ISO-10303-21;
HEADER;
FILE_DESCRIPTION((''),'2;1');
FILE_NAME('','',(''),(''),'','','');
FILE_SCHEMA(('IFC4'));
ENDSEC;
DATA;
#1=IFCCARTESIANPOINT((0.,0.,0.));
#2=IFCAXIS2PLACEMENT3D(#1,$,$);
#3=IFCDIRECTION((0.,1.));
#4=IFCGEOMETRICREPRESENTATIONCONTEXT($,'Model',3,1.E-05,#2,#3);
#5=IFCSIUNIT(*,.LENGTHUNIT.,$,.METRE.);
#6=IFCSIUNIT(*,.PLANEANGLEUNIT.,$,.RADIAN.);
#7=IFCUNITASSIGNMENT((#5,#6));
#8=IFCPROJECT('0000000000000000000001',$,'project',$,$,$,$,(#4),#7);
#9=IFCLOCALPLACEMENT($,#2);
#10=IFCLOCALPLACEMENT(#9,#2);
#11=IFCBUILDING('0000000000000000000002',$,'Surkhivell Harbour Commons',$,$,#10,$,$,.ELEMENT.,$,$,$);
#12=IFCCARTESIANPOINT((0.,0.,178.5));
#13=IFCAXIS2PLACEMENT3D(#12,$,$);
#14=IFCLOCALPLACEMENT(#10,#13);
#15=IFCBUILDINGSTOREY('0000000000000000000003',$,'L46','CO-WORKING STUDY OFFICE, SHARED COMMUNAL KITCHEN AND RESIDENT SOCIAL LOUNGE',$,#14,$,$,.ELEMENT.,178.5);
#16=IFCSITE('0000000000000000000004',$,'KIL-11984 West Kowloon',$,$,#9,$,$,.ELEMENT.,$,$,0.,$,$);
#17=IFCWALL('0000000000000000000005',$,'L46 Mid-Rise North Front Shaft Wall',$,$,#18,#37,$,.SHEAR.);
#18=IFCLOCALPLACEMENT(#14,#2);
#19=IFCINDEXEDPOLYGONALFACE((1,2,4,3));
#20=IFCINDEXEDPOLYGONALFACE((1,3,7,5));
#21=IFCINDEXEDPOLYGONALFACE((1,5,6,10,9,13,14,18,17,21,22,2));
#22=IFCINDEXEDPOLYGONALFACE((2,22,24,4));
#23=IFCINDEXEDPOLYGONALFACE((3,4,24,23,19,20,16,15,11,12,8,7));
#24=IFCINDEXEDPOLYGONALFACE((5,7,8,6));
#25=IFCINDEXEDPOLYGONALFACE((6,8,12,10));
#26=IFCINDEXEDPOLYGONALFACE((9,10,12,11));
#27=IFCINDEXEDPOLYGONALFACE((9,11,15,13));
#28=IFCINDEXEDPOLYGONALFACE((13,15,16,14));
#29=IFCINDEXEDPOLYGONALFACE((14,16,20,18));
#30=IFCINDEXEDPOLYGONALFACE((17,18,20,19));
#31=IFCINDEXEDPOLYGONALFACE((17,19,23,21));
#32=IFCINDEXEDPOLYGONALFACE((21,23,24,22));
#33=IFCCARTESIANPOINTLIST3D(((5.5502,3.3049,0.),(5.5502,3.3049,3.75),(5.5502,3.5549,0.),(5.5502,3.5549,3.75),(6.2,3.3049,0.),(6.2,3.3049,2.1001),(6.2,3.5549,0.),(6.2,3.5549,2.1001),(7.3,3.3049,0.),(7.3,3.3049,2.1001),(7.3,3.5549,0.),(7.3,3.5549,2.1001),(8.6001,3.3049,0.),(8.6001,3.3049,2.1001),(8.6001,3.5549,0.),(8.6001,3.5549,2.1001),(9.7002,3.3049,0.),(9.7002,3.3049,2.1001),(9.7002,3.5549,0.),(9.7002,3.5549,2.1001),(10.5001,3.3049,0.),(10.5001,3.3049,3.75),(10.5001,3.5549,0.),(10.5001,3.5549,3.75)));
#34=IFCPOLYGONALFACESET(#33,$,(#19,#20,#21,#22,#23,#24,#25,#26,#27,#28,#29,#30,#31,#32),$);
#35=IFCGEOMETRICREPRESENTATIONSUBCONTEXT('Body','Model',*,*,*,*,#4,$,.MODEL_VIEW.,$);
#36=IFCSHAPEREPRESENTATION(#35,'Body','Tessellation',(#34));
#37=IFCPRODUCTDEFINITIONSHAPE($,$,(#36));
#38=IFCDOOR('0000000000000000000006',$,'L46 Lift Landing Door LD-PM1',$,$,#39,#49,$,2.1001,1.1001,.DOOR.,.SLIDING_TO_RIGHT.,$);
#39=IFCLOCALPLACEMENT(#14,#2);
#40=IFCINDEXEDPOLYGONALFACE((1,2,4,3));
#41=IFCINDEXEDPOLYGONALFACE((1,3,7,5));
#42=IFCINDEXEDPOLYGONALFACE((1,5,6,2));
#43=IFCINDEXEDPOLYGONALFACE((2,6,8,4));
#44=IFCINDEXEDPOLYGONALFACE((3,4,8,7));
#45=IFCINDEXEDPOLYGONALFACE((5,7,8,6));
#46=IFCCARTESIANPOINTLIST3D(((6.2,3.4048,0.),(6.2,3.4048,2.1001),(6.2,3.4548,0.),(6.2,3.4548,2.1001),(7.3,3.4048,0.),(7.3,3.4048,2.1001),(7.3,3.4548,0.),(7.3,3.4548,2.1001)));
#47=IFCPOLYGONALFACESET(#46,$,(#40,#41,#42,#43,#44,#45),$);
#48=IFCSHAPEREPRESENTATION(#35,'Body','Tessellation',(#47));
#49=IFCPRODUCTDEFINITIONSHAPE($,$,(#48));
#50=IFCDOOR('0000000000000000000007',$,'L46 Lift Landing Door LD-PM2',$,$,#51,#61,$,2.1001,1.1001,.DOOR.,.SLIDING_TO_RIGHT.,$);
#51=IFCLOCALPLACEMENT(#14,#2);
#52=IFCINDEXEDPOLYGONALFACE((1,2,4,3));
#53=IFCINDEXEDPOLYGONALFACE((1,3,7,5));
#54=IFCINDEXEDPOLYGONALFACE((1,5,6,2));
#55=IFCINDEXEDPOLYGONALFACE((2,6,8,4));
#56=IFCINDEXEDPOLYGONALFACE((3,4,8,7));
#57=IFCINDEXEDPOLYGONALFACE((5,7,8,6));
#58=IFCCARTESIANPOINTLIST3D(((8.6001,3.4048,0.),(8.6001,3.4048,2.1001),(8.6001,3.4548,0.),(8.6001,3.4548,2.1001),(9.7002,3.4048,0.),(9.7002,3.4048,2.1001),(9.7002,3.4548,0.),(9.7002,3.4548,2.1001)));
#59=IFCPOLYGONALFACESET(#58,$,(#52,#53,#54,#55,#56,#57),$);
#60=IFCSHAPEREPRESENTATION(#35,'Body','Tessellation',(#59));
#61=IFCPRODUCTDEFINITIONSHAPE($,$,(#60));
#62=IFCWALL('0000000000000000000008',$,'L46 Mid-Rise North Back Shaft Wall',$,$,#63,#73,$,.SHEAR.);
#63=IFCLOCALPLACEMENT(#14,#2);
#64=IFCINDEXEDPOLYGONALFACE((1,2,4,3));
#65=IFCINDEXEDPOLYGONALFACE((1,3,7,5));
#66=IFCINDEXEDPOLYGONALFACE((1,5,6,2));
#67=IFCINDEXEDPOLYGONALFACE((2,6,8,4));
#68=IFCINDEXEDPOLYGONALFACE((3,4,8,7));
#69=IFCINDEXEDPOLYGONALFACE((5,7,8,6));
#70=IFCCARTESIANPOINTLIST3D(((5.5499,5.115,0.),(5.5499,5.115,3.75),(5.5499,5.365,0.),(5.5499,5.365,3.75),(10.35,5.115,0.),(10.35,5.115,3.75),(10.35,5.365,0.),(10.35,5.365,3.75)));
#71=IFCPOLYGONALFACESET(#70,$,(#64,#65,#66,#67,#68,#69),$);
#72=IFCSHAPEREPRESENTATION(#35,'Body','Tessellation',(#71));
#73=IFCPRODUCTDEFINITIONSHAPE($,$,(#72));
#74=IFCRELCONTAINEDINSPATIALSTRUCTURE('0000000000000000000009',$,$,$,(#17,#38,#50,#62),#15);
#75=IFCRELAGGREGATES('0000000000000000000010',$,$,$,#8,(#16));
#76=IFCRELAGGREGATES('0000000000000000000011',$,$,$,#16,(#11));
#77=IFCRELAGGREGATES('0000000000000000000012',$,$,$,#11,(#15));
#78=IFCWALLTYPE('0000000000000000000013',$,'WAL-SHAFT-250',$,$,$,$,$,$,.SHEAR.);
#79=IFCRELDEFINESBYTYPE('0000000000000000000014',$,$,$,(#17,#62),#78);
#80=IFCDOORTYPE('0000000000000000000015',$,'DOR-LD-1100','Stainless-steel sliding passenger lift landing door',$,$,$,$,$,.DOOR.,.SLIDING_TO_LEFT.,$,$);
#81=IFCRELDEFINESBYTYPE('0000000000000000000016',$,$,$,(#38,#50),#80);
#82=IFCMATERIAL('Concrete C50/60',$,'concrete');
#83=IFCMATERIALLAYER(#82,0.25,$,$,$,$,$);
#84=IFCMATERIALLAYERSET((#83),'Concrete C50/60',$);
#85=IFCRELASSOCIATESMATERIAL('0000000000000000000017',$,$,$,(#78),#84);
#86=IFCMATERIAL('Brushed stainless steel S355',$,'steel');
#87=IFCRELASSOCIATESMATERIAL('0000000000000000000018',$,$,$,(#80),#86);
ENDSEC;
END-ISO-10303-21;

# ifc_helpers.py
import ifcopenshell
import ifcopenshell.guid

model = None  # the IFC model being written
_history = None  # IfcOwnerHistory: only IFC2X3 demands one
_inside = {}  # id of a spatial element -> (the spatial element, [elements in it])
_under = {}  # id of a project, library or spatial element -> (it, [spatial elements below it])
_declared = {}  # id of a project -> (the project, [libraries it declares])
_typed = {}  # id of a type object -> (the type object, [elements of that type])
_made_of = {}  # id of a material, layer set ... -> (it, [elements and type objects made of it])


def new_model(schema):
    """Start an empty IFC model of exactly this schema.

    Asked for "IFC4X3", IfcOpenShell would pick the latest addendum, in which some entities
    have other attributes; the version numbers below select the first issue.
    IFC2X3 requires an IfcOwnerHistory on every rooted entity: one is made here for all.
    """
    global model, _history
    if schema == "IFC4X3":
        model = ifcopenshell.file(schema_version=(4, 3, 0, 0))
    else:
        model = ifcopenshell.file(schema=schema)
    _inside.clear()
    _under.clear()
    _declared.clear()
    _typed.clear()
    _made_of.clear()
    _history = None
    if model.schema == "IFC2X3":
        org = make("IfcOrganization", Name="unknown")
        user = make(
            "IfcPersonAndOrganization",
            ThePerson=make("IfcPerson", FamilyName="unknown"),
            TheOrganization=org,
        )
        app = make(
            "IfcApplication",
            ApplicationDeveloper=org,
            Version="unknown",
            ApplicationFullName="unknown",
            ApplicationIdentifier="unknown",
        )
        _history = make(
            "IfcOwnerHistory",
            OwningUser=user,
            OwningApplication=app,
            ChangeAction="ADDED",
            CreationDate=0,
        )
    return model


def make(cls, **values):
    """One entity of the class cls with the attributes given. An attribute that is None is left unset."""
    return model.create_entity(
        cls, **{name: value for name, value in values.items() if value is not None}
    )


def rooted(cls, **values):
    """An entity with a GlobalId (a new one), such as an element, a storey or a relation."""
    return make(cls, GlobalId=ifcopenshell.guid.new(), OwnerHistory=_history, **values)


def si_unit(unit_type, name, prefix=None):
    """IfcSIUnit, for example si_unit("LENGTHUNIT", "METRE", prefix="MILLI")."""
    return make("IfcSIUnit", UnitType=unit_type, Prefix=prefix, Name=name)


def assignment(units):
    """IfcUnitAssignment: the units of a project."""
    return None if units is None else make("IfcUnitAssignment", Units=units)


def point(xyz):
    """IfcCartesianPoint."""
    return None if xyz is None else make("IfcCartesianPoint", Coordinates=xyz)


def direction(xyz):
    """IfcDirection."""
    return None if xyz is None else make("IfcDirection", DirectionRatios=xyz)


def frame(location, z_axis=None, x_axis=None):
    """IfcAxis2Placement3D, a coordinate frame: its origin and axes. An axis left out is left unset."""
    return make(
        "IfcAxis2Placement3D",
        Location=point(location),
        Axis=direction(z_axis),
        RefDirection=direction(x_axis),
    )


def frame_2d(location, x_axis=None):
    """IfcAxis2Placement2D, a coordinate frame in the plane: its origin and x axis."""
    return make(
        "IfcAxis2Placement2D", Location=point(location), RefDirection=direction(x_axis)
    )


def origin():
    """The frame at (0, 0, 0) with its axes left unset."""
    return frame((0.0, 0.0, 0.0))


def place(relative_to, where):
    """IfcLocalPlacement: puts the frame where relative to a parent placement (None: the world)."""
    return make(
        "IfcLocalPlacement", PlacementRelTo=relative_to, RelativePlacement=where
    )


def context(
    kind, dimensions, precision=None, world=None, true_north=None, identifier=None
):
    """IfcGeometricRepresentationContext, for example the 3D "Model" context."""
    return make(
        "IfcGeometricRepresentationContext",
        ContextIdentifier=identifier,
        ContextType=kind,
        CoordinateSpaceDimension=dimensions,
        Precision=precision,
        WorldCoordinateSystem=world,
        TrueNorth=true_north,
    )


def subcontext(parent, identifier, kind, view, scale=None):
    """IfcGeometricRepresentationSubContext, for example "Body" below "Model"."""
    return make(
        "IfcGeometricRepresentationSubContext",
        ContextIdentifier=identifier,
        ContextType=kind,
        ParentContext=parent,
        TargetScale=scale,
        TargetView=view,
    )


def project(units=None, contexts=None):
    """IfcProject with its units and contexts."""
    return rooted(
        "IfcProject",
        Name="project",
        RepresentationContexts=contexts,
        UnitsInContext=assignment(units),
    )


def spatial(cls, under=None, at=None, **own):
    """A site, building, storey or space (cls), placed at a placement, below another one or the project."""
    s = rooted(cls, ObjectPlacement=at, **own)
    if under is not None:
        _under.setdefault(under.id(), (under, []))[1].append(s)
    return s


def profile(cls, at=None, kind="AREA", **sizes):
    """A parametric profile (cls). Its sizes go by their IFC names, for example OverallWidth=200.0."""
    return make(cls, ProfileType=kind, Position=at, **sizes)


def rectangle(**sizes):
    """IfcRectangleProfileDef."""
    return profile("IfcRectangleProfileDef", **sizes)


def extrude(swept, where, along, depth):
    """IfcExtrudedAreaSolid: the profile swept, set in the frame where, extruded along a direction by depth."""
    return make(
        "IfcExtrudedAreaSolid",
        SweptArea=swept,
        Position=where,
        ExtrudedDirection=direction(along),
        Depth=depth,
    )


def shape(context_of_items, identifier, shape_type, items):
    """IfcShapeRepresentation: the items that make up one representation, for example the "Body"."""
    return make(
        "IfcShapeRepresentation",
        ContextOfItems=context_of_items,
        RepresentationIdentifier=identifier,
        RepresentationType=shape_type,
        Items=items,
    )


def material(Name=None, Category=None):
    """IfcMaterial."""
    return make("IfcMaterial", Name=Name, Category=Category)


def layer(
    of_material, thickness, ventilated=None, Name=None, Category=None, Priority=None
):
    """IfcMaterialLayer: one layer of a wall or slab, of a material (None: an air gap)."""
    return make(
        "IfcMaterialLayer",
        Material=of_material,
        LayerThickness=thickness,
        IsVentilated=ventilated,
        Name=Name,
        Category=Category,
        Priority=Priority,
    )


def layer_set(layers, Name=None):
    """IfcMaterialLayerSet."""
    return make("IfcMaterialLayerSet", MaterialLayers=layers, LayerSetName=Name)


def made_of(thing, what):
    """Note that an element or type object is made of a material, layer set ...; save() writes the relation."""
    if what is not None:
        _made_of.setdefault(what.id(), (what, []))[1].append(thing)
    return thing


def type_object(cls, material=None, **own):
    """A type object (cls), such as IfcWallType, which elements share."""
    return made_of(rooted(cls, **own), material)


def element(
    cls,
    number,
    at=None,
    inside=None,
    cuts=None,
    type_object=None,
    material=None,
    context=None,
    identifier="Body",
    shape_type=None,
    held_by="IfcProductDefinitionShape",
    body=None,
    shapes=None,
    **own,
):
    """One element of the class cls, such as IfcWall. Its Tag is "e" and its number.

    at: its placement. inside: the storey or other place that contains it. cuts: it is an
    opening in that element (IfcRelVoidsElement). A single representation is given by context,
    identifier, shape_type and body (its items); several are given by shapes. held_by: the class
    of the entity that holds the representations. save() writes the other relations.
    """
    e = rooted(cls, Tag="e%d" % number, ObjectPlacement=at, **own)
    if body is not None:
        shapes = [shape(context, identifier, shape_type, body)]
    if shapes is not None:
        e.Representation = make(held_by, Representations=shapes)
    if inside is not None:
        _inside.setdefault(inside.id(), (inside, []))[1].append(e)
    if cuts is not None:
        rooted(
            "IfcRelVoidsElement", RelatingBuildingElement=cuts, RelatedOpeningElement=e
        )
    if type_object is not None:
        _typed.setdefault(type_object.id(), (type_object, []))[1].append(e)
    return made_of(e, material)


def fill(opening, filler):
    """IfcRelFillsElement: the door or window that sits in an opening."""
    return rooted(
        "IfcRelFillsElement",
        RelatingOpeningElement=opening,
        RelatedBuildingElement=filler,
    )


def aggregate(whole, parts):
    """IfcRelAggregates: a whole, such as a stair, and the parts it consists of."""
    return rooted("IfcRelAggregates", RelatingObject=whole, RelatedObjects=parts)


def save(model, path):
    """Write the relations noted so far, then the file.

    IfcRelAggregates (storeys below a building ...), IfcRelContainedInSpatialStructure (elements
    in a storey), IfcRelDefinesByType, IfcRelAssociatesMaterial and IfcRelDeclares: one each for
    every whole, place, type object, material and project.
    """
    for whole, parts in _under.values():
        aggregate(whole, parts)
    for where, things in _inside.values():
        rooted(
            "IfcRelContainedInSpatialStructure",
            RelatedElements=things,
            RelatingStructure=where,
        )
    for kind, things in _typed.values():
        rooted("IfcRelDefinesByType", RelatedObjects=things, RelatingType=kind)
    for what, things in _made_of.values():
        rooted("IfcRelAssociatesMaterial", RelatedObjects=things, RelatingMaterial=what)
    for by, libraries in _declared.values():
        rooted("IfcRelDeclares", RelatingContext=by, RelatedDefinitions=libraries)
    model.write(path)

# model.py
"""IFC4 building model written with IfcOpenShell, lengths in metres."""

from ifc_helpers import new_model, si_unit, direction, frame, frame_2d, origin, place, context, subcontext, project, spatial, rectangle, extrude, material, layer, layer_set, type_object, element, fill, save


model = new_model("IFC4")

# Units and contexts
model_context = context("Model", 3, precision=1e-05, world=origin(), true_north=direction((0.0, 1.0)))
body_context = subcontext(model_context, "Body", "Model", "MODEL_VIEW")
ifc_project = project(units=[si_unit("LENGTHUNIT", "METRE"), si_unit("PLANEANGLEUNIT", "RADIAN")], contexts=[model_context])

# Site, building, storey
site_placement = place(None, origin())
site = spatial("IfcSite", under=ifc_project, at=site_placement, Name="KIL-11984 West Kowloon", CompositionType="ELEMENT", RefElevation=0.0)
building_placement = place(site_placement, origin())
building = spatial("IfcBuilding", under=site, at=building_placement, Name="Surkhivell Harbour Commons", CompositionType="ELEMENT")
storey_placement = place(building_placement, frame((0.0, 0.0, 178.5)))
storey = spatial("IfcBuildingStorey", under=building, at=storey_placement, Name="L46", Description="CO-WORKING STUDY OFFICE, SHARED COMMUNAL KITCHEN AND RESIDENT SOCIAL LOUNGE", CompositionType="ELEMENT", Elevation=178.5)

# Shared definitions
ifc_material_1 = material(Name="Concrete C50/60", Category="concrete")
ifc_layer_1 = layer(ifc_material_1, 0.25)
ifc_layer_set_1 = layer_set([ifc_layer_1], Name="Concrete C50/60")
wall_type_1 = type_object("IfcWallType", Name="WAL-SHAFT-250", PredefinedType="SHEAR", material=ifc_layer_set_1)

# Wall, openings, doors
wall_1_placement = place(storey_placement, frame((5.55, 3.4299, 0.0), z_axis=(0.0, 0.0, 1.0), x_axis=(1.0, 0.0, 0.0)))
wall_1 = element("IfcWall", 1, at=wall_1_placement, inside=storey, type_object=wall_type_1, Name="L46 Mid-Rise North Front Shaft Wall", PredefinedType="SHEAR", context=body_context, shape_type="SweptSolid", body=[
    extrude(rectangle(XDim=4.95, YDim=0.25, at=frame_2d((2.4751, 0.0))), origin(), (0.0, 0.0, 1.0), 3.75),
])
opening_1_placement = place(wall_1_placement, frame((0.6499, 0.0, 0.0)))
opening_1 = element("IfcOpeningElement", 2, at=opening_1_placement, cuts=wall_1, PredefinedType="OPENING", context=body_context, shape_type="SweptSolid", body=[
    extrude(rectangle(XDim=1.1001, YDim=2.1001, at=frame_2d((0.55, 1.05))), frame((0.0, 0.135, 0.0), z_axis=(0.0, -1.0, 0.0), x_axis=(1.0, 0.0, 0.0)), (0.0, 0.0, 1.0), 0.27),
])
opening_2_placement = place(wall_1_placement, frame((3.05, 0.0, 0.0)))
opening_2 = element("IfcOpeningElement", 3, at=opening_2_placement, cuts=wall_1, PredefinedType="OPENING", context=body_context, shape_type="SweptSolid", body=[
    extrude(rectangle(XDim=1.1001, YDim=2.1001, at=frame_2d((0.55, 1.05))), frame((0.0, 0.135, 0.0), z_axis=(0.0, -1.0, 0.0), x_axis=(1.0, 0.0, 0.0)), (0.0, 0.0, 1.0), 0.27),
])
ifc_material_2 = material(Name="Brushed stainless steel S355", Category="steel")
door_type_1 = type_object("IfcDoorType", Name="DOR-LD-1100", Description="Stainless-steel sliding passenger lift landing door", OperationType="SLIDING_TO_LEFT", PredefinedType="DOOR", material=ifc_material_2)
door_1_placement = place(opening_1_placement, origin())
door_1 = element("IfcDoor", 4, at=door_1_placement, inside=storey, type_object=door_type_1, Name="L46 Lift Landing Door LD-PM1", OperationType="SLIDING_TO_RIGHT", OverallHeight=2.1001, OverallWidth=1.1001, PredefinedType="DOOR", context=body_context, shape_type="SweptSolid", body=[
    extrude(rectangle(XDim=1.1001, YDim=2.1001, at=frame_2d((0.55, 1.05))), frame((0.0, 0.0249, 0.0), z_axis=(0.0, -1.0, 0.0), x_axis=(1.0, 0.0, 0.0)), (0.0, 0.0, 1.0), 0.05),
])
fill(opening_1, door_1)
door_2_placement = place(opening_2_placement, origin())
door_2 = element("IfcDoor", 5, at=door_2_placement, inside=storey, type_object=door_type_1, Name="L46 Lift Landing Door LD-PM2", OperationType="SLIDING_TO_RIGHT", OverallHeight=2.1001, OverallWidth=1.1001, PredefinedType="DOOR", context=body_context, shape_type="SweptSolid", body=[
    extrude(rectangle(XDim=1.1001, YDim=2.1001, at=frame_2d((0.55, 1.05))), frame((0.0, 0.0249, 0.0), z_axis=(0.0, -1.0, 0.0), x_axis=(1.0, 0.0, 0.0)), (0.0, 0.0, 1.0), 0.05),
])
fill(opening_2, door_2)

# Wall
wall_2_placement = place(storey_placement, frame((5.55, 5.24, 0.0), z_axis=(0.0, 0.0, 1.0), x_axis=(1.0, 0.0, 0.0)))
element("IfcWall", 6, at=wall_2_placement, inside=storey, type_object=wall_type_1, Name="L46 Mid-Rise North Back Shaft Wall", PredefinedType="SHEAR", context=body_context, shape_type="SweptSolid", body=[
    extrude(rectangle(XDim=4.8, YDim=0.25, at=frame_2d((2.3999, 0.0))), origin(), (0.0, 0.0, 1.0), 3.75),
])

save(model, "model.ifc")
